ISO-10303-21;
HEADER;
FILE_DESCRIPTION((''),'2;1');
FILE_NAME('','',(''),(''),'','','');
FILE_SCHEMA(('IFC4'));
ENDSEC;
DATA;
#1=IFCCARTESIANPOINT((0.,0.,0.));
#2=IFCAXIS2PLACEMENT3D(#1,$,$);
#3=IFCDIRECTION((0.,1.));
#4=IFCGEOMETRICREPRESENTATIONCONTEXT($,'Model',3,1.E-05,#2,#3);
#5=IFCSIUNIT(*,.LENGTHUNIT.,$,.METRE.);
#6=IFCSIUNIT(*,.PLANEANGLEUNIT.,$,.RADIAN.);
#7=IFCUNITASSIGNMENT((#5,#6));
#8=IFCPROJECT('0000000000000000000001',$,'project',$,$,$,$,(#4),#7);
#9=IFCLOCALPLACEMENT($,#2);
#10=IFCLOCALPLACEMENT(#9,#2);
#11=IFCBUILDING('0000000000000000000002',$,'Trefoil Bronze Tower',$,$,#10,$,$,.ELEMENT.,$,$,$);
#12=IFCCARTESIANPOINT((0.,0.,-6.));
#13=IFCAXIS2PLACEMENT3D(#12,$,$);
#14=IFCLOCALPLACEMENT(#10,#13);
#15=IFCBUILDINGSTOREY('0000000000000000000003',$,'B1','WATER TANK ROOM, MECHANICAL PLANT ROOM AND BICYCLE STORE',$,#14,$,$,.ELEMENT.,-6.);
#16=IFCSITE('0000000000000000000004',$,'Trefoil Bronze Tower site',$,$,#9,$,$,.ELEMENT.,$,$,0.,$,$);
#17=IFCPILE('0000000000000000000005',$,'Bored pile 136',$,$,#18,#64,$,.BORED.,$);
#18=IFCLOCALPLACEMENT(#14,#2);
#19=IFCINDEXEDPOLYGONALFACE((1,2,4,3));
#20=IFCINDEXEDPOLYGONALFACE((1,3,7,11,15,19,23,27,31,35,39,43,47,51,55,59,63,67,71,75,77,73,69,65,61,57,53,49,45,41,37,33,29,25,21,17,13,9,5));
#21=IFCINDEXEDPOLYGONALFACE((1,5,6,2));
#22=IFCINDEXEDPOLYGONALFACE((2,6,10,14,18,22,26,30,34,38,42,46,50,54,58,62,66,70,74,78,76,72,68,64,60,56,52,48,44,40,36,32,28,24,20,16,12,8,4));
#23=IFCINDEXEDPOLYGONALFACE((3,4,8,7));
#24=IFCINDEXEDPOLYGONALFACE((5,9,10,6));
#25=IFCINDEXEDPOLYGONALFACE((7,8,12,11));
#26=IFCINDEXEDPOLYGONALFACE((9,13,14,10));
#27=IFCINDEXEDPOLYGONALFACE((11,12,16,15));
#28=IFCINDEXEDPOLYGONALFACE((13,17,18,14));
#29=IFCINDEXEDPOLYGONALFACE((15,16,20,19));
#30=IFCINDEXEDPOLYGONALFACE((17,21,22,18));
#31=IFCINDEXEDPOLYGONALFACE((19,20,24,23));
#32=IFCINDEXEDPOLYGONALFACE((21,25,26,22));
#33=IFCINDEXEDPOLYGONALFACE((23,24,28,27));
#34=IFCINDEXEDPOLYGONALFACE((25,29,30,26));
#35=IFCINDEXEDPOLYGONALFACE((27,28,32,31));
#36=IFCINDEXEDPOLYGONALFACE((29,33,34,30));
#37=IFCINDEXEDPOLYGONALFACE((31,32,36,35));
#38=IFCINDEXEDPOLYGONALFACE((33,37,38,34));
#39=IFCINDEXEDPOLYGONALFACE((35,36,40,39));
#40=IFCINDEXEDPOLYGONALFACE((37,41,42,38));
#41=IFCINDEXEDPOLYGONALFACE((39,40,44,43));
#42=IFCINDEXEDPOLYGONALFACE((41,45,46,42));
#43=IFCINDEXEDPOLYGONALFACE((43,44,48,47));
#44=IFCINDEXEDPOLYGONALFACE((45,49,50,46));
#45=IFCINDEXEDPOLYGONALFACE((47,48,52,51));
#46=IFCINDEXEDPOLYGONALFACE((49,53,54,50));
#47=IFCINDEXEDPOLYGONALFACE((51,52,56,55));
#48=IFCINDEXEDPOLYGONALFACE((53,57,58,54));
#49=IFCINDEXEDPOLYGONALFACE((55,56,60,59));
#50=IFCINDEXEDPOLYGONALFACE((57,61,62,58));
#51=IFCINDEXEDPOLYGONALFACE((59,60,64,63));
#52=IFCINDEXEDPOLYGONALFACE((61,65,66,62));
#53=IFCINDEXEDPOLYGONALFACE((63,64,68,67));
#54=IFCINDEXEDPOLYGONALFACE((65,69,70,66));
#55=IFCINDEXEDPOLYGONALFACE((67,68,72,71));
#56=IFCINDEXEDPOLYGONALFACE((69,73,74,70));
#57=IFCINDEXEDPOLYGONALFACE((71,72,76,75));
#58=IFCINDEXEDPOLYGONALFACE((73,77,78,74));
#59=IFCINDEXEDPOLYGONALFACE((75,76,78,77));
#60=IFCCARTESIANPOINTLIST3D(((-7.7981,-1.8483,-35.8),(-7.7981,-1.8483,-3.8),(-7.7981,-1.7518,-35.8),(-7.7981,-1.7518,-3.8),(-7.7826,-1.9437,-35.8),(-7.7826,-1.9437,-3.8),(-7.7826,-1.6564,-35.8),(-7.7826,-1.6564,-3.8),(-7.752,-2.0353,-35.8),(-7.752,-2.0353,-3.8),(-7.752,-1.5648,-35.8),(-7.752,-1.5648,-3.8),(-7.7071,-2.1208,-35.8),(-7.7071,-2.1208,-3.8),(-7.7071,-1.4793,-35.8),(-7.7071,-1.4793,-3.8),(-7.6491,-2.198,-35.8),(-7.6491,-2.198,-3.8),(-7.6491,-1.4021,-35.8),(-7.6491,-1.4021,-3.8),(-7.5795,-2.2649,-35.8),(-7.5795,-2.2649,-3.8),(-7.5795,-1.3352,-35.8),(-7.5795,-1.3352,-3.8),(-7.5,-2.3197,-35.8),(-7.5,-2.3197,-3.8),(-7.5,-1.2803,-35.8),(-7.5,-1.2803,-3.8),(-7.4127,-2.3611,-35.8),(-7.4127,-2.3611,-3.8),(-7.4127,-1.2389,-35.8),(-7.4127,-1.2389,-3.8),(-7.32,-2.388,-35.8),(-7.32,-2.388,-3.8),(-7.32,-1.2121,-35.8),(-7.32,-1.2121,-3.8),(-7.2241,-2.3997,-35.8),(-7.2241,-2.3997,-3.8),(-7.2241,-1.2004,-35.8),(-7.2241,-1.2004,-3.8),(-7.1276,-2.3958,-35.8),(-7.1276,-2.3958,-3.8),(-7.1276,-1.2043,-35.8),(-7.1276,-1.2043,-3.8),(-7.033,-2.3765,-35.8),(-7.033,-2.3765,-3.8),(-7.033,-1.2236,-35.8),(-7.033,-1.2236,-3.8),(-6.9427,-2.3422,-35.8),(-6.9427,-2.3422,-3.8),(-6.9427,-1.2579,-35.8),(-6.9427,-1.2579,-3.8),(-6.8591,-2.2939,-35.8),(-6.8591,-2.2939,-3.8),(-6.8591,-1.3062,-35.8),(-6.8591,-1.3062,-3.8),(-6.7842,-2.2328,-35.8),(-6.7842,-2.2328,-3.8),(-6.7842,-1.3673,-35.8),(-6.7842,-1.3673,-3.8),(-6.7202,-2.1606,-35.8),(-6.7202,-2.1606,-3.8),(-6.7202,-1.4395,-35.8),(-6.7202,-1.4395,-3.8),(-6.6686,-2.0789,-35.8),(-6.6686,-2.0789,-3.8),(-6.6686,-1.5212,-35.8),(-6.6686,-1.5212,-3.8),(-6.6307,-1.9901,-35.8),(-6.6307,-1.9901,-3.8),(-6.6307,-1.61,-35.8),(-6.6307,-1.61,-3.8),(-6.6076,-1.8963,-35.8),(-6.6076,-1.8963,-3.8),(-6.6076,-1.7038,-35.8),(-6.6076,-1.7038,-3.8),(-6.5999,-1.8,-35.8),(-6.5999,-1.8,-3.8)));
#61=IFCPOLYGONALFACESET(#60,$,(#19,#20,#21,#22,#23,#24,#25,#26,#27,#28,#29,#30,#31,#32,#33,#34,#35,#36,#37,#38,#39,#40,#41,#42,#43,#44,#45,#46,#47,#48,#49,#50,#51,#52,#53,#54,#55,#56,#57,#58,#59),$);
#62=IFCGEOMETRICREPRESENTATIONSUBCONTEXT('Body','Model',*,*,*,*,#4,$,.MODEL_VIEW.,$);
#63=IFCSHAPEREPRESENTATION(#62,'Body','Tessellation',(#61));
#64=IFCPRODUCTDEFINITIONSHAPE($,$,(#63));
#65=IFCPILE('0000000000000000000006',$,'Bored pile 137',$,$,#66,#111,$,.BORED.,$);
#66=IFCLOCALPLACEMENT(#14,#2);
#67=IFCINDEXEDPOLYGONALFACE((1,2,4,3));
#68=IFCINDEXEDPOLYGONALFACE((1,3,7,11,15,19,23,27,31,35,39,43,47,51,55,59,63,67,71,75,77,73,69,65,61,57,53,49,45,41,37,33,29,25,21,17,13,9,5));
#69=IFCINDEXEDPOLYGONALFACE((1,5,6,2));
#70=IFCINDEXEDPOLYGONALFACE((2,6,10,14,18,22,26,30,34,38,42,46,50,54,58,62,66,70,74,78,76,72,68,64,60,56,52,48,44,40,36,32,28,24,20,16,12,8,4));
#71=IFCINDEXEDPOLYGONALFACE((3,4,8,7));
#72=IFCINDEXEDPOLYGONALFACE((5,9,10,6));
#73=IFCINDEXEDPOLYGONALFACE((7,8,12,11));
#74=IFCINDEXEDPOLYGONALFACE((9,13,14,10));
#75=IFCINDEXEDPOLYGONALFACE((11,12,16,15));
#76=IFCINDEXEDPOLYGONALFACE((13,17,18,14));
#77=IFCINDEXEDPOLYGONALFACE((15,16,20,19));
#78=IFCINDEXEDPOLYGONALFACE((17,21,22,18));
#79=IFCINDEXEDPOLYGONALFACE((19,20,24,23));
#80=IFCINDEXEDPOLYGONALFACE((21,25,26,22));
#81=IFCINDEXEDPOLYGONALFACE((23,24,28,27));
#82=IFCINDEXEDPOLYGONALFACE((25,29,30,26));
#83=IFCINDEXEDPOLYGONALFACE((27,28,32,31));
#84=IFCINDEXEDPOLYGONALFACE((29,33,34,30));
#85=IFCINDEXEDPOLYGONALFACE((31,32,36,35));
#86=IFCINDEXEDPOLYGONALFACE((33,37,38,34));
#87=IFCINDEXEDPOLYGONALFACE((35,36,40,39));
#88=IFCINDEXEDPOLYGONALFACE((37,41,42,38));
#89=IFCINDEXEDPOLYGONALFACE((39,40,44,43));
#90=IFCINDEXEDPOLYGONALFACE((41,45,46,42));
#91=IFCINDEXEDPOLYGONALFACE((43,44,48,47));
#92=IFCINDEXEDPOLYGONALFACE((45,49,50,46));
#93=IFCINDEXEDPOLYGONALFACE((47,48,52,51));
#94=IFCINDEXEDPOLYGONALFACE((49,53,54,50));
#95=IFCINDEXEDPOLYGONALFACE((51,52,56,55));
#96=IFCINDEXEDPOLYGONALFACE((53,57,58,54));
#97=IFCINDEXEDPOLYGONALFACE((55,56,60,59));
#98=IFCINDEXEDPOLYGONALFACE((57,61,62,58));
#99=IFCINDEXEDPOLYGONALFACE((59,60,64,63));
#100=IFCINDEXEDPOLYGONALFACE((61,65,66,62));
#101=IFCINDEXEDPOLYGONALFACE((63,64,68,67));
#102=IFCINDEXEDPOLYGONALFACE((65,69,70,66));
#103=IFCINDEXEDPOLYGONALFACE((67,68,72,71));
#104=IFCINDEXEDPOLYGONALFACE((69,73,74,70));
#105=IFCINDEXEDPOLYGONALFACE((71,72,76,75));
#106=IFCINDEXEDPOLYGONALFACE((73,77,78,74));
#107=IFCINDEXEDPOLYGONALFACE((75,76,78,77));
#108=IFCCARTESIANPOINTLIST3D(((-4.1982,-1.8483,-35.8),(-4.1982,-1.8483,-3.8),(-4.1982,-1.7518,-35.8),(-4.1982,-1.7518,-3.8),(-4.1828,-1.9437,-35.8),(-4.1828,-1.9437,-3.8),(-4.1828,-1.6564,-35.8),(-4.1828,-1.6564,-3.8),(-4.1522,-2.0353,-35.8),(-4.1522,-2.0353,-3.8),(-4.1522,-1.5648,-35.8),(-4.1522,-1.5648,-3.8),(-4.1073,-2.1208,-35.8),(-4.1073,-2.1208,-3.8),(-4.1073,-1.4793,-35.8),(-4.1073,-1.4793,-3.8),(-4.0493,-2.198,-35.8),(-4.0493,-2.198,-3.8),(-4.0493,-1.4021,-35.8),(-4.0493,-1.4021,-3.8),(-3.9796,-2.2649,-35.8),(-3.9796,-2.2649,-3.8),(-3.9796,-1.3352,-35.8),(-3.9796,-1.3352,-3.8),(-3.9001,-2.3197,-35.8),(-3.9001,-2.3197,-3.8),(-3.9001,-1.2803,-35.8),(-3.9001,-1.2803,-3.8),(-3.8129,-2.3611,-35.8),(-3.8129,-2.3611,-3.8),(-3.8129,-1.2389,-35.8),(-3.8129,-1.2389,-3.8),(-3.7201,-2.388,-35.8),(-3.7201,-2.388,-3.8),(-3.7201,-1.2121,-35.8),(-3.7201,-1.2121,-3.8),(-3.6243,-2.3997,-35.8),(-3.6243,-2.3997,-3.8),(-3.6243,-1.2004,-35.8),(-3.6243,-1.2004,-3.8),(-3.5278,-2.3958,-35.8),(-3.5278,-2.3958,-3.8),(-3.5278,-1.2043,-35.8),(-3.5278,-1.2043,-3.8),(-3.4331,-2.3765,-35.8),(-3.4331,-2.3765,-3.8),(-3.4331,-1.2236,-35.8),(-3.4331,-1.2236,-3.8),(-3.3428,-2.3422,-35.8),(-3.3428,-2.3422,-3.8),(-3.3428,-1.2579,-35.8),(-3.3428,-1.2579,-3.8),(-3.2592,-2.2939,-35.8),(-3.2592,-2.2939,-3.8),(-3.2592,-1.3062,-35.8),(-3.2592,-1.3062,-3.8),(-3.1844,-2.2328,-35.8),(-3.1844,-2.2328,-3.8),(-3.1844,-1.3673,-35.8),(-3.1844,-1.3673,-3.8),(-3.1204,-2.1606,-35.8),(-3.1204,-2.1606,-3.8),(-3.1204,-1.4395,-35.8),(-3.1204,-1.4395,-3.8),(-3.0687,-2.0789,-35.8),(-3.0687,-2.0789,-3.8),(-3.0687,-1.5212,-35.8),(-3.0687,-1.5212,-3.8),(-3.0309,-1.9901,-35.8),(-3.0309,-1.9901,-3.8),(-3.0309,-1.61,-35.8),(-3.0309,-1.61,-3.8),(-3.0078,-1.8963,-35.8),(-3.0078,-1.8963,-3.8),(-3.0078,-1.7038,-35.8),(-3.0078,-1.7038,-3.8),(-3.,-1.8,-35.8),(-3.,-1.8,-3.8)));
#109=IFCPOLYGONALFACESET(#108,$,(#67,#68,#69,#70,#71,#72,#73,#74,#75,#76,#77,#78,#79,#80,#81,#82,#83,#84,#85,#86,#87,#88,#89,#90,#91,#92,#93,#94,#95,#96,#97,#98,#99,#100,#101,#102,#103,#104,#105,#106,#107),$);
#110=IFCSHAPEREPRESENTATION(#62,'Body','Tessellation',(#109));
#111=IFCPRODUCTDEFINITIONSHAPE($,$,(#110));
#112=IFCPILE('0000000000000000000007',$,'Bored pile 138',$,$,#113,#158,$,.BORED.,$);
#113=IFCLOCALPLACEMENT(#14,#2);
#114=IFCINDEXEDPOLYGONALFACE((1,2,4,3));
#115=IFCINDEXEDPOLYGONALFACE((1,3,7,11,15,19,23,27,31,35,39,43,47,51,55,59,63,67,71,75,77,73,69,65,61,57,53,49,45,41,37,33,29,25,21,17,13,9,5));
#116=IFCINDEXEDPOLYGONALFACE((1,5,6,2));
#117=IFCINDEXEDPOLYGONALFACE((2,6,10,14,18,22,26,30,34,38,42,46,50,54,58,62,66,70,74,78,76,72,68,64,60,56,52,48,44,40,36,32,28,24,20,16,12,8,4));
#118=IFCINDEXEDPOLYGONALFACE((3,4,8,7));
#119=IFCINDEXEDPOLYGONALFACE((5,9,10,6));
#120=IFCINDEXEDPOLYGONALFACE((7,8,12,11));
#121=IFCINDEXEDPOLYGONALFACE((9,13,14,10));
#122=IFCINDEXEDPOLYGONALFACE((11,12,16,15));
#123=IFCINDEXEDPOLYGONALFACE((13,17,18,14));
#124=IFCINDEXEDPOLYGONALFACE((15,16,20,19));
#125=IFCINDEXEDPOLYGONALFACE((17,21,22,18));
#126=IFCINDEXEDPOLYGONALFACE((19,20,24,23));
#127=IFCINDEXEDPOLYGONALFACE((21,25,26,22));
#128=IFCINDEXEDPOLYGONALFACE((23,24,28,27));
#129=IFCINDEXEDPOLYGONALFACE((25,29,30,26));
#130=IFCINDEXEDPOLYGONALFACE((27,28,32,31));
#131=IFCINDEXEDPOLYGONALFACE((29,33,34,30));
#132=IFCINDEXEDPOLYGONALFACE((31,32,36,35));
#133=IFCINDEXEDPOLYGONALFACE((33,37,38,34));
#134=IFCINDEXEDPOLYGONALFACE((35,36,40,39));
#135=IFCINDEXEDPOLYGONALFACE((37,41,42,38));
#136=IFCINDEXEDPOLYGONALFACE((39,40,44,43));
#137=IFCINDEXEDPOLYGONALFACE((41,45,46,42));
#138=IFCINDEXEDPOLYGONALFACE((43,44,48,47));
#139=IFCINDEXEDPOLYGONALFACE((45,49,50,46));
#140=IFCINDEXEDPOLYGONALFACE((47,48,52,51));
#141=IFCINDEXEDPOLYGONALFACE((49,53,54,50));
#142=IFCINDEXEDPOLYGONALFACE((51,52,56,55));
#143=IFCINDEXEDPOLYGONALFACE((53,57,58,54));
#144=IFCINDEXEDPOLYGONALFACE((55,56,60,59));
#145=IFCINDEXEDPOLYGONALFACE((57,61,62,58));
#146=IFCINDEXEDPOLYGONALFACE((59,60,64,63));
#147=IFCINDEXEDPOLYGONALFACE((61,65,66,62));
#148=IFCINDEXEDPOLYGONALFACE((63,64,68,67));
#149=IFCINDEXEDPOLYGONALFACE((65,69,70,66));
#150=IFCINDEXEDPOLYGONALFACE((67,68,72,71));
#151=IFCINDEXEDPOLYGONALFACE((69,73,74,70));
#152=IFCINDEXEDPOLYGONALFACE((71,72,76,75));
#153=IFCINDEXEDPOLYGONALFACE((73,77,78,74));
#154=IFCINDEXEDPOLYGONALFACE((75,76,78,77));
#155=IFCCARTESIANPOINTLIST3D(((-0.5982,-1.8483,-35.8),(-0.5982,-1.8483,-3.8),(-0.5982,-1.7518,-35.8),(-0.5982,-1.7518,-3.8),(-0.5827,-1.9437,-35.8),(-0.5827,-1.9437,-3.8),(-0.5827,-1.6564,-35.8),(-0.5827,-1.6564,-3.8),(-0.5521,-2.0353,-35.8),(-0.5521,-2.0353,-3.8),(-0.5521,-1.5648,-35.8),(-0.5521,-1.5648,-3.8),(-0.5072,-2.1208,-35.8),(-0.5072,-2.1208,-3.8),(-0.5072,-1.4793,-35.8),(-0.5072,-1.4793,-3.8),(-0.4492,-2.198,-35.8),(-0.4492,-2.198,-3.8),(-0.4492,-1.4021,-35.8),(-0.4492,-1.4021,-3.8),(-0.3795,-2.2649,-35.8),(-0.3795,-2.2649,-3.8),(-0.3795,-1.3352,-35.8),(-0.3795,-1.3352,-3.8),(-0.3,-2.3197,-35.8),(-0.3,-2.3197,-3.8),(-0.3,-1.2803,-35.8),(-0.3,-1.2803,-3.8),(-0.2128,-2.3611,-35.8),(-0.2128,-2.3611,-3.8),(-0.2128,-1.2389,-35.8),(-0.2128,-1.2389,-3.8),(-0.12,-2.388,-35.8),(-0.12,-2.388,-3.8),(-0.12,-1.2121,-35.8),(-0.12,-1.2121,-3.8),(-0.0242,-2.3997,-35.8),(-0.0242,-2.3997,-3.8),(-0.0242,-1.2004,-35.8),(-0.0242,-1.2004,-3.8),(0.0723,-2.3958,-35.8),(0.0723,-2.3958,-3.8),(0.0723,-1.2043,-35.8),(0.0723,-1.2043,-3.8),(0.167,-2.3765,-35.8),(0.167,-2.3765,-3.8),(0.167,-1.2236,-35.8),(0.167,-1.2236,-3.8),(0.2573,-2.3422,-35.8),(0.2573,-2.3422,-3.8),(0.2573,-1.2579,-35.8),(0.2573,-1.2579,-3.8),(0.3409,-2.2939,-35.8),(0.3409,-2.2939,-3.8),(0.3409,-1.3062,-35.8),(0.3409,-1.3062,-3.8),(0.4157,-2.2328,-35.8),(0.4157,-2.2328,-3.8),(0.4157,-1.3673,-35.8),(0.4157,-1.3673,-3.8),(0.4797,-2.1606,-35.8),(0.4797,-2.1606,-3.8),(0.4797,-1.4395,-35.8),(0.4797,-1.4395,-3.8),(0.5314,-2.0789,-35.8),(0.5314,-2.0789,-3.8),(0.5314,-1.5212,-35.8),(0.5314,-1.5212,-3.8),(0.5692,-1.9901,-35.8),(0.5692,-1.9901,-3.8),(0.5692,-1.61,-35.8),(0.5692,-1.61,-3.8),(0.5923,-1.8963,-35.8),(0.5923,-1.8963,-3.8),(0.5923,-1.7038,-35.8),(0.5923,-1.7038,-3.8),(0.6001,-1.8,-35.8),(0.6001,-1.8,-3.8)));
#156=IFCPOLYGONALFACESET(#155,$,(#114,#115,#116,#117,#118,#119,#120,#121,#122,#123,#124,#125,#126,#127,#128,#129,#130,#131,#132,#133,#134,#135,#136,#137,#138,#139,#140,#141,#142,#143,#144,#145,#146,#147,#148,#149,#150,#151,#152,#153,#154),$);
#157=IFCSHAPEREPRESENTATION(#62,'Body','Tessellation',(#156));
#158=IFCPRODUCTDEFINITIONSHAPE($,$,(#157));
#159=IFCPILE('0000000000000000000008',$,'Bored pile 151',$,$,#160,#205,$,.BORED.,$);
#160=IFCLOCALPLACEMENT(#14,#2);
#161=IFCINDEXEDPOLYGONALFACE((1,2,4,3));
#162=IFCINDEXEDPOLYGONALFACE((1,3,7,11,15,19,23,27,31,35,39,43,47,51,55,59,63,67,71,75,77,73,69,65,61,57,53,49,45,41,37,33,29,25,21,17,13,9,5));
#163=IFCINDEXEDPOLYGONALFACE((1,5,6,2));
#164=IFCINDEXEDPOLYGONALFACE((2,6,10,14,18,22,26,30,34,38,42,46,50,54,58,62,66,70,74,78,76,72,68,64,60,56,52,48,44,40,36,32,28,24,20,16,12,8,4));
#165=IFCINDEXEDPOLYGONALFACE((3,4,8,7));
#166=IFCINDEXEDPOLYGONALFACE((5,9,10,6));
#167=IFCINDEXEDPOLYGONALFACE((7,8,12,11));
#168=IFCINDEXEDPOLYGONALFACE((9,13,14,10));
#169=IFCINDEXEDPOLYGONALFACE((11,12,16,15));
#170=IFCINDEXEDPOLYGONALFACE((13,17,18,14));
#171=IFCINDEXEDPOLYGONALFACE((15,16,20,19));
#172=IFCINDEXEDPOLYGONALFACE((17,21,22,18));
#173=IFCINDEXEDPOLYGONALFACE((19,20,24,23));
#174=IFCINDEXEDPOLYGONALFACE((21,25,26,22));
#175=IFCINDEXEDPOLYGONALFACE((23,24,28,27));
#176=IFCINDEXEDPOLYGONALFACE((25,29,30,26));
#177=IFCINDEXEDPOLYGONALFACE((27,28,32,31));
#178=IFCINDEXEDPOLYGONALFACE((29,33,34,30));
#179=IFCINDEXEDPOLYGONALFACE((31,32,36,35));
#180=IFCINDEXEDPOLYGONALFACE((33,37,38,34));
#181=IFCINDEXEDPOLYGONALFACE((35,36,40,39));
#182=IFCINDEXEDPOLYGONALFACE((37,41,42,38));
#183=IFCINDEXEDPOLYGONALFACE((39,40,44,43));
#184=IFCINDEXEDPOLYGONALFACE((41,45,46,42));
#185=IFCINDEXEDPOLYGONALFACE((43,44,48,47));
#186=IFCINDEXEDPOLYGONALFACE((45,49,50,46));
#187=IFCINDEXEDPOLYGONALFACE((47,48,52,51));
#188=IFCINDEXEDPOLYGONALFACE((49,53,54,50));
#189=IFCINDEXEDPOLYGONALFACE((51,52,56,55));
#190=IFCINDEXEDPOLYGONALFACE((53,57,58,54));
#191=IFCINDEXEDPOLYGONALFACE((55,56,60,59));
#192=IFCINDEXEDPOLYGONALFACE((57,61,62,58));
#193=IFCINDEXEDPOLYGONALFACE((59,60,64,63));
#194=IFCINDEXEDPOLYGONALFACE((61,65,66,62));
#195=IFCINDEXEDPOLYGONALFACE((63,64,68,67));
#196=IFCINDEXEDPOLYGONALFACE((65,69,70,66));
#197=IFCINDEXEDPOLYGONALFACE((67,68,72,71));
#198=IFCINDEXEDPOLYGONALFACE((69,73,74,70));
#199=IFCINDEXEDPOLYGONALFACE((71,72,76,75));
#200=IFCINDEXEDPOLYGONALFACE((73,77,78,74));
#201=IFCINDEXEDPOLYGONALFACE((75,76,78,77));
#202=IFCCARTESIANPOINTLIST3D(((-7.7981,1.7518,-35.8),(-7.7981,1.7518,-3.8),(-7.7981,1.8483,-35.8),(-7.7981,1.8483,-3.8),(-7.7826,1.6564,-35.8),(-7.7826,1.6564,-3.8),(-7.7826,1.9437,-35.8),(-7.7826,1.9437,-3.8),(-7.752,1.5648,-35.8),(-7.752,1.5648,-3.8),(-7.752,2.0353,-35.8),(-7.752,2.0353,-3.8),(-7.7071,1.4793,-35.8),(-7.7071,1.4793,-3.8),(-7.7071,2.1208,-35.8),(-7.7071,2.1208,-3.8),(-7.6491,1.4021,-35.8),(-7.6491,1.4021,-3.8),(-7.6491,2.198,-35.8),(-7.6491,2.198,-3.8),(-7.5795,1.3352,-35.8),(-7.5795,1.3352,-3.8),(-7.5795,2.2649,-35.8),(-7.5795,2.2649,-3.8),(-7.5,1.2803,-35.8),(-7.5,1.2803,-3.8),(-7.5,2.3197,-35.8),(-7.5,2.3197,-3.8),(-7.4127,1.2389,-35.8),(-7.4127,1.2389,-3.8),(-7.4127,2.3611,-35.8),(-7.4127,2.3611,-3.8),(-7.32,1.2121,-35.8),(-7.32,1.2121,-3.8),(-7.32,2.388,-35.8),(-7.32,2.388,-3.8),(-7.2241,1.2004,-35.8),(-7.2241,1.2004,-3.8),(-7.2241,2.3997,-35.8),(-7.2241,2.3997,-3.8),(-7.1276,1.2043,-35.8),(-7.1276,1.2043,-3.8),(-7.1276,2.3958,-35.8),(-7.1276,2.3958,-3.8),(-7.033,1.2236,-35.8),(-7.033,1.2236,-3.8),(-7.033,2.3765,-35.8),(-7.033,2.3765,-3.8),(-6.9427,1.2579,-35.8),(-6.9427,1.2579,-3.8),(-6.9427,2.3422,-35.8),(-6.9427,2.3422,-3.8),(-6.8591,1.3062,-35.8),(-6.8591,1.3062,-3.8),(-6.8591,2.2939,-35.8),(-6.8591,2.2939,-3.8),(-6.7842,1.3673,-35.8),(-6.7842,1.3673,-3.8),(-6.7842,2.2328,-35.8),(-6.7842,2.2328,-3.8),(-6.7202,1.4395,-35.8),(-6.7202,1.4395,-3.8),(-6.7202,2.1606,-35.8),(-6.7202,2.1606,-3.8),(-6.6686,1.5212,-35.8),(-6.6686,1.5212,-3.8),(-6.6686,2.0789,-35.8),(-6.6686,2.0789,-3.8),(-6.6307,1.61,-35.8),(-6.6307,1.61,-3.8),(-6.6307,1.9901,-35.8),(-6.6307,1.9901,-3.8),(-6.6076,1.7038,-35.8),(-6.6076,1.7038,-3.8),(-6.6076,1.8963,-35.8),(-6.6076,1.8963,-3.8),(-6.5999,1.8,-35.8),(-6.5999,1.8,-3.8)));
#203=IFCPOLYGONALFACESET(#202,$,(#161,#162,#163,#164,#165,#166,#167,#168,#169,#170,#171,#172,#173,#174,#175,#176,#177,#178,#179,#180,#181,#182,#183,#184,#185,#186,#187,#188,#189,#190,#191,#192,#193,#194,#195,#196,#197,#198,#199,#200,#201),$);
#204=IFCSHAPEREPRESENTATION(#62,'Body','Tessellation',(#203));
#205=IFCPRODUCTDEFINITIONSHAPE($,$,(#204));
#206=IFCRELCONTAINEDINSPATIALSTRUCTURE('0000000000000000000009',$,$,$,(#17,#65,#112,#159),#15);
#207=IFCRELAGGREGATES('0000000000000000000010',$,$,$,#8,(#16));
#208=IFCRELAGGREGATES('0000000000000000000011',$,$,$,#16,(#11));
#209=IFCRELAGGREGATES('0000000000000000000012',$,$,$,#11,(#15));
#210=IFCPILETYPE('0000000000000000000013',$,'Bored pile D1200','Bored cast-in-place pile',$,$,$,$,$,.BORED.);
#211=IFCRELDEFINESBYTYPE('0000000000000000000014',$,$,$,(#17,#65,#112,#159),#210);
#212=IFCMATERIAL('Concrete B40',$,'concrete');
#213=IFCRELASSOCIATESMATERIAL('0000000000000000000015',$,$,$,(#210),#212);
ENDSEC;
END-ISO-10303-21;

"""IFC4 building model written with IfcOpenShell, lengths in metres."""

from ifc_helpers import new_model, si_unit, direction, frame, origin, origin_2d, place, context, subcontext, project, spatial, circle, extrude, material, type_object, element, save


model = new_model("IFC4")

# Units and contexts
model_context = context("Model", 3, precision=1e-05, world=origin(), true_north=direction((0.0, 1.0)))
body_context = subcontext(model_context, "Body", "Model", "MODEL_VIEW")
ifc_project = project(units=[si_unit("LENGTHUNIT", "METRE"), si_unit("PLANEANGLEUNIT", "RADIAN")], contexts=[model_context])

# Site, building, storey
site_placement = place(None, origin())
site = spatial("IfcSite", under=ifc_project, at=site_placement, Name="Trefoil Bronze Tower site", CompositionType="ELEMENT", RefElevation=0.0)
building_placement = place(site_placement, origin())
building = spatial("IfcBuilding", under=site, at=building_placement, Name="Trefoil Bronze Tower", CompositionType="ELEMENT")
storey_placement = place(building_placement, frame((0.0, 0.0, -6.0)))
storey = spatial("IfcBuildingStorey", under=building, at=storey_placement, Name="B1", Description="WATER TANK ROOM, MECHANICAL PLANT ROOM AND BICYCLE STORE", CompositionType="ELEMENT", Elevation=-6.0)

# Piles
ifc_material_1 = material(Name="Concrete B40", Category="concrete")
pile_type = type_object("IfcPileType", Name="Bored pile D1200", Description="Bored cast-in-place pile", PredefinedType="BORED", material=ifc_material_1)
for number, where, z_axis, x_axis, name in (
    (1, (-7.2, -1.8, -3.8), (0.0, 0.0, -1.0), (1.0, 0.0, 0.0), "Bored pile 136"),
    (2, (-3.6001, -1.8, -3.8), (0.0, 0.0, -1.0), (1.0, 0.0, 0.0), "Bored pile 137"),
    (3, (0.0, -1.8, -3.8), (0.0, 0.0, -1.0), (1.0, 0.0, 0.0), "Bored pile 138"),
    (4, (-7.2, 1.8, -3.8), (0.0, 0.0, -1.0), (1.0, 0.0, 0.0), "Bored pile 151"),
):
    element("IfcPile", number, at=place(storey_placement, frame(where, z_axis=z_axis, x_axis=x_axis)), inside=storey, type_object=pile_type, Name=name, PredefinedType="BORED", context=body_context, shape_type="SweptSolid", body=[
        extrude(circle(Radius=0.6001, at=origin_2d()), origin(), (0.0, 0.0, 1.0), 32.0),
    ])

save(model, "model.ifc")
